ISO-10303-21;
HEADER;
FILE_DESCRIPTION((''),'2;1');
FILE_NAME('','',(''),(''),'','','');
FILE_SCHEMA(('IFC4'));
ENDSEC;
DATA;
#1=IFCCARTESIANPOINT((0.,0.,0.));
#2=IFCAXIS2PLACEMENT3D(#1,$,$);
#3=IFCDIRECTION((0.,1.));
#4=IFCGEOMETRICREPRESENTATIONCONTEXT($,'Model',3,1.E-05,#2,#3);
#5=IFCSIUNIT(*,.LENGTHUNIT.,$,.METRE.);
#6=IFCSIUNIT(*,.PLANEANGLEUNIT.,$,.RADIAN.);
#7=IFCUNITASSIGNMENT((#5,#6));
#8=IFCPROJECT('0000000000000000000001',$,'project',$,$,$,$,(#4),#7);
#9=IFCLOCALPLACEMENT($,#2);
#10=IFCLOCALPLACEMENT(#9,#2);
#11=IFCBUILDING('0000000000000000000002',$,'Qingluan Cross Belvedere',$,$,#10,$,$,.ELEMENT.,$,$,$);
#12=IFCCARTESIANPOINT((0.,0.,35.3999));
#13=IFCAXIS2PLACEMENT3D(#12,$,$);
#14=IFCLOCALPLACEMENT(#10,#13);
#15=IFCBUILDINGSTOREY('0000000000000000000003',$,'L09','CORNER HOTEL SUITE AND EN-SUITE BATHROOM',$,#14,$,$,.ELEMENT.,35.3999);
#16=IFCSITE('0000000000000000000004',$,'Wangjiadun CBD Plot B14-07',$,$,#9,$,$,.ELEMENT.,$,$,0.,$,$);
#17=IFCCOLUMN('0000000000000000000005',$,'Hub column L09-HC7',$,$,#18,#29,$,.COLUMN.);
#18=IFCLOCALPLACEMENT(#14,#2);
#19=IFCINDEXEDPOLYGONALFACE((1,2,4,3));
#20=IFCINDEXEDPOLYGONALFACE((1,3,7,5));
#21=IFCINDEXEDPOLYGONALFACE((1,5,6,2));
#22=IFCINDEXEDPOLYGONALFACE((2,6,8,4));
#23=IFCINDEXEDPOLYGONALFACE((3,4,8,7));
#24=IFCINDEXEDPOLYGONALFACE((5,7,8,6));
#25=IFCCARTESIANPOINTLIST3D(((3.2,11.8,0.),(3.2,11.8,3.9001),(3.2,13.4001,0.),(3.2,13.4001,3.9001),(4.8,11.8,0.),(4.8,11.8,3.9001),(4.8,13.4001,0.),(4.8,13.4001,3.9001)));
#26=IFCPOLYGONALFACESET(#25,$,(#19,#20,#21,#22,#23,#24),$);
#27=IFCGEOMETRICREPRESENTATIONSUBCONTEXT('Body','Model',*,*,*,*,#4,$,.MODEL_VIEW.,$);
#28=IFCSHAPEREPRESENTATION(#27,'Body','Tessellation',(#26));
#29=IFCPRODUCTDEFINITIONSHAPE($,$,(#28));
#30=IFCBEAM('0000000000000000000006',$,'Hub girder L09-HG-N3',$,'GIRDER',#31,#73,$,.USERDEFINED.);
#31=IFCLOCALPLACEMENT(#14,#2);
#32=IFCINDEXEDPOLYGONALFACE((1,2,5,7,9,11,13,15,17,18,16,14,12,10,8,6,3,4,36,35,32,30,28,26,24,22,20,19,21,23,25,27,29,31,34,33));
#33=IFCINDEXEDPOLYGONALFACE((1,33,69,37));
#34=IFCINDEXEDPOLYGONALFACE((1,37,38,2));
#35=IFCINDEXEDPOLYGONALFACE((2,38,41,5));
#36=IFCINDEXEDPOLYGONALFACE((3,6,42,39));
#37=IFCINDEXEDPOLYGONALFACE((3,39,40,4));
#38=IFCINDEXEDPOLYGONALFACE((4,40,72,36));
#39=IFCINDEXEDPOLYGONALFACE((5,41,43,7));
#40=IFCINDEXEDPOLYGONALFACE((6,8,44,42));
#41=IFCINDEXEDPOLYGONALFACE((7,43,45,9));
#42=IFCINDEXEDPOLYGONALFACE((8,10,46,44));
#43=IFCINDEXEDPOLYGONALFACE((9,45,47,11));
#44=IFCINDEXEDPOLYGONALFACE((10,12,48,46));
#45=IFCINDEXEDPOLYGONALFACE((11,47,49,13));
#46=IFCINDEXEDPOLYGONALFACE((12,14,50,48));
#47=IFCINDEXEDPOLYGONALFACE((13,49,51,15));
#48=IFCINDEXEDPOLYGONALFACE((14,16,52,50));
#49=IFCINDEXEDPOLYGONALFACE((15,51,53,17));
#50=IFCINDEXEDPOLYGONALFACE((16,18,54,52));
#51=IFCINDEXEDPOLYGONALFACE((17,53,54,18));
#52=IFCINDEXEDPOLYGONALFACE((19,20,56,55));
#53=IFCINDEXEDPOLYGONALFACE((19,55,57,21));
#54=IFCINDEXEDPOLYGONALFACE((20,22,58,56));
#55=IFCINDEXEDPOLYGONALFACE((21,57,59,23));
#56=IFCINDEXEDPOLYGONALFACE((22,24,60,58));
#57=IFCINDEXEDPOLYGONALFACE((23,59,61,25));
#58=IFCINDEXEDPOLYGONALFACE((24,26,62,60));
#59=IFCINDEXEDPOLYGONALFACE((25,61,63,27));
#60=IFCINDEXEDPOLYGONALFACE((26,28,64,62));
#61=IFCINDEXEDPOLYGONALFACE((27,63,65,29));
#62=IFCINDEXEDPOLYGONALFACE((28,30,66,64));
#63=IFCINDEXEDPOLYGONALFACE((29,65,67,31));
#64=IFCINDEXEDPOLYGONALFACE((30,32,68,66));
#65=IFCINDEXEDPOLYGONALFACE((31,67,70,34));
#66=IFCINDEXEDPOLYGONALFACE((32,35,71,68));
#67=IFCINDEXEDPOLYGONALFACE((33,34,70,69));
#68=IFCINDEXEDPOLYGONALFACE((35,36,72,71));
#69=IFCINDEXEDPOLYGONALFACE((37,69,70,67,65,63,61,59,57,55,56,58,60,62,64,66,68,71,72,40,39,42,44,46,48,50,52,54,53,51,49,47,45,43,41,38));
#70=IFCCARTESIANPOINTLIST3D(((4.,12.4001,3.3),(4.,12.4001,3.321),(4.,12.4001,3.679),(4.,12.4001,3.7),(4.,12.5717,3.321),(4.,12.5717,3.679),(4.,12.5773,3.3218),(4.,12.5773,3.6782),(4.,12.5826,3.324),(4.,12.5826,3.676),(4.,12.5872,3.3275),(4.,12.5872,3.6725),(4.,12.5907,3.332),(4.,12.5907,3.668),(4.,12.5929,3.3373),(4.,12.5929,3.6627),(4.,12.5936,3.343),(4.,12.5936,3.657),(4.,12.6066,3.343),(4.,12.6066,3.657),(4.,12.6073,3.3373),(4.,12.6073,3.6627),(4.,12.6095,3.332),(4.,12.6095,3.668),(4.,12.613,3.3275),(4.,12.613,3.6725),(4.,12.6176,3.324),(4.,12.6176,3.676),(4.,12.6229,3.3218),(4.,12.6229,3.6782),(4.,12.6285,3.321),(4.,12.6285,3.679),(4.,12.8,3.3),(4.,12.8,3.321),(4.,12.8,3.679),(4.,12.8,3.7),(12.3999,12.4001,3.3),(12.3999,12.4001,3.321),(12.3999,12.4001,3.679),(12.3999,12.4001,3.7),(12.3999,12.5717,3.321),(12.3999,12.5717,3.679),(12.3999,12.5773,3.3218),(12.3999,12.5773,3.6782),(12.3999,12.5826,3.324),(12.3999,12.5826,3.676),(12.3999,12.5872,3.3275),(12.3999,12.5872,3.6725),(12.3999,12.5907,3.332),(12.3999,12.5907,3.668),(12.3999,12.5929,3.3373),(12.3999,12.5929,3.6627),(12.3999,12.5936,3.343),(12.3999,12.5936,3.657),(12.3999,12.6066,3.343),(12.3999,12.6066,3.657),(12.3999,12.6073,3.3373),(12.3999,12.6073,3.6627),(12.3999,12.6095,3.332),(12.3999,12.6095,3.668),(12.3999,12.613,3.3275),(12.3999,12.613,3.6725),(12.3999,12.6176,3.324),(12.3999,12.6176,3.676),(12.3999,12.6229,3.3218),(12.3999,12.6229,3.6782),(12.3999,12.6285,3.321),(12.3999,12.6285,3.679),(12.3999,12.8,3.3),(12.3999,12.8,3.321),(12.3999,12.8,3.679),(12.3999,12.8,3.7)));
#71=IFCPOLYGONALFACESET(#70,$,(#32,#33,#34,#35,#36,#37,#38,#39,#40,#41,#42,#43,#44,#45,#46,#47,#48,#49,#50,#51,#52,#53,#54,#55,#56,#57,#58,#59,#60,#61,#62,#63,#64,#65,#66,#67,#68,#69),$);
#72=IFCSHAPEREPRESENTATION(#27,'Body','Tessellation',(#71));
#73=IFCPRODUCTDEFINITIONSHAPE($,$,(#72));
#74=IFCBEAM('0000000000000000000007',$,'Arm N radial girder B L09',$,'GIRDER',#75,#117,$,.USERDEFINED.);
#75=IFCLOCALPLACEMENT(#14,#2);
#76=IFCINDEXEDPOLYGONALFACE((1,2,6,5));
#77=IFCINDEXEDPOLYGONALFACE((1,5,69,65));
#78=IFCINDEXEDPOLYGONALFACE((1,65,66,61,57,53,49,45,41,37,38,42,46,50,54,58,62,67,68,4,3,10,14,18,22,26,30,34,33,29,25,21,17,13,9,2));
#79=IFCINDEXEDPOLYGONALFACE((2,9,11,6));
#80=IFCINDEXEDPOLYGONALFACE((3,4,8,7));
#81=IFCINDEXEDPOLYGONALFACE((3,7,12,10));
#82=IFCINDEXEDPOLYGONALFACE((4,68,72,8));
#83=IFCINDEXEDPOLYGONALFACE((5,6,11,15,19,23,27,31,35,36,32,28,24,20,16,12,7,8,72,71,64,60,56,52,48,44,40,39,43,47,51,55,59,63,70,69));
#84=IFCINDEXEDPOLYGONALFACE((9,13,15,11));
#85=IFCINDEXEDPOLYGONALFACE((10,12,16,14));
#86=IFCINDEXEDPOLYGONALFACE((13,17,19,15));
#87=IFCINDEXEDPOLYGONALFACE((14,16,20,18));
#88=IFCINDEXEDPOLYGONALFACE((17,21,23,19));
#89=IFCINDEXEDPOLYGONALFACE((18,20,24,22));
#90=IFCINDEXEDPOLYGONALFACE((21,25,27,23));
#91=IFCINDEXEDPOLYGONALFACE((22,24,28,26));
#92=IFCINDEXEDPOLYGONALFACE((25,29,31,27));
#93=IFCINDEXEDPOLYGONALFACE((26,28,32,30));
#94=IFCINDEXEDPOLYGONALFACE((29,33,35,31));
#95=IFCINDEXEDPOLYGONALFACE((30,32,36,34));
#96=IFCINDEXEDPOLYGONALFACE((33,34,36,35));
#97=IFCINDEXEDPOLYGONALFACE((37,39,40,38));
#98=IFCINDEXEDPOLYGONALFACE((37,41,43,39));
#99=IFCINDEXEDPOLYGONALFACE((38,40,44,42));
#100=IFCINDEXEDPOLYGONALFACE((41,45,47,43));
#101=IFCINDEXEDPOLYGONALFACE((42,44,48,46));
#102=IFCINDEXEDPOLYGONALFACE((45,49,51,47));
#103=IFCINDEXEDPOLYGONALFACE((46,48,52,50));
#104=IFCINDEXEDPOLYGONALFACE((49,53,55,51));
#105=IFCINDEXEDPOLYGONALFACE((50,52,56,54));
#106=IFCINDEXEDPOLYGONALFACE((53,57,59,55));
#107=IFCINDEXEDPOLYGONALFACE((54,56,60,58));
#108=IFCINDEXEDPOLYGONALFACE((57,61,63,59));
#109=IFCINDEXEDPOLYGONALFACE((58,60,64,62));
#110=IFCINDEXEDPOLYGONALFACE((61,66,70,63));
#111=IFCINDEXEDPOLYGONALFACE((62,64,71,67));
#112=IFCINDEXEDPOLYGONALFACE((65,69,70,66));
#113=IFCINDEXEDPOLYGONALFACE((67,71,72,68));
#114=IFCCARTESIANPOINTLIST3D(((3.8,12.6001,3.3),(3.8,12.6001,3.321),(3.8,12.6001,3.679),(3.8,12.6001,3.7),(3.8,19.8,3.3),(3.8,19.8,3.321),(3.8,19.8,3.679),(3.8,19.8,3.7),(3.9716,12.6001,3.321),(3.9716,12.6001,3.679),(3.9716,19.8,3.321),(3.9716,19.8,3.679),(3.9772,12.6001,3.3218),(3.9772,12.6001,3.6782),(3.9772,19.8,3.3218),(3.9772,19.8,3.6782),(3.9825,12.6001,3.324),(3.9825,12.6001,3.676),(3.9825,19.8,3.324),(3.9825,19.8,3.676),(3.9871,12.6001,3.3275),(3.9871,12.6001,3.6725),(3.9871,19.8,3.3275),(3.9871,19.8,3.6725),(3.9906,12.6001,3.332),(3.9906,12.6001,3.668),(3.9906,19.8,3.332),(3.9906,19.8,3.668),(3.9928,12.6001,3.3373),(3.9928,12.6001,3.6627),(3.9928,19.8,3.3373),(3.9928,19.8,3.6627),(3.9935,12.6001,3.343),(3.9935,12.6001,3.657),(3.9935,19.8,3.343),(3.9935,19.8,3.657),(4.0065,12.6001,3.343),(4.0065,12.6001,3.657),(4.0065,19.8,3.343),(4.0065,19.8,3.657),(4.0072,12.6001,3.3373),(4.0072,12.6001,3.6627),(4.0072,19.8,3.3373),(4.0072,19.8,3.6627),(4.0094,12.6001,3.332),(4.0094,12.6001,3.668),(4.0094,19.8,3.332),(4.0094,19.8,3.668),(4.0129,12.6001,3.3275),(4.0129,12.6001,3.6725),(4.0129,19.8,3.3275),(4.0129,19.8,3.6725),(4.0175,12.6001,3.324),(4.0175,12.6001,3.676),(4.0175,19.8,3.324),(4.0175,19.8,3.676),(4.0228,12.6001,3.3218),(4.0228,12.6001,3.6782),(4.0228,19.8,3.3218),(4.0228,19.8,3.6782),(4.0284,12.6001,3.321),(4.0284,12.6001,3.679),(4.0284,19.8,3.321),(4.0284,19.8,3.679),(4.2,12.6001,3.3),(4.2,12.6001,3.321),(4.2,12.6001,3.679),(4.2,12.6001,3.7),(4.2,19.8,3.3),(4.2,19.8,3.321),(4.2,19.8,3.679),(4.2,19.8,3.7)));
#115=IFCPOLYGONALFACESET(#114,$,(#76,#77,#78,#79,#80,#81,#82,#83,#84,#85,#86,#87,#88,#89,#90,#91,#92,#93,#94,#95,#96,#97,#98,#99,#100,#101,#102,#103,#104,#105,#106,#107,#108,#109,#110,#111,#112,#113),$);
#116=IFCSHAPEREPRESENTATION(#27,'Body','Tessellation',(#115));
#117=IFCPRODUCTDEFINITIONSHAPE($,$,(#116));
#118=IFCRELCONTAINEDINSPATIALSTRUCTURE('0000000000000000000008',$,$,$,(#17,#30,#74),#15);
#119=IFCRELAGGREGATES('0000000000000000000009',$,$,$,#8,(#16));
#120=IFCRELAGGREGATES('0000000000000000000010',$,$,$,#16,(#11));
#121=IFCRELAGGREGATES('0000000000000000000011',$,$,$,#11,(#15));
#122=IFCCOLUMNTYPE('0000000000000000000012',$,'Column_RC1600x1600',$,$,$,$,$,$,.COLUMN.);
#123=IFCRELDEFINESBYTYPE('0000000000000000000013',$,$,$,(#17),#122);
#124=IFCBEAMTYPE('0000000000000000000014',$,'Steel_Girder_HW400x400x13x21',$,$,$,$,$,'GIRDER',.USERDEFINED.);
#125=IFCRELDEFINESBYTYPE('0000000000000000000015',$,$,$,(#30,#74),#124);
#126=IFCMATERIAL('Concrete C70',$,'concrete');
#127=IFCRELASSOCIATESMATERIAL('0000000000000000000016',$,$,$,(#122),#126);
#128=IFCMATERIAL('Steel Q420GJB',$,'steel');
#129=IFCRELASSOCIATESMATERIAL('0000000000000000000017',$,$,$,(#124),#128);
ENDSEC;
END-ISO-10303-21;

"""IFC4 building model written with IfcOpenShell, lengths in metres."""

from ifc_helpers import new_model, si_unit, direction, frame, origin, origin_2d, place, context, subcontext, project, spatial, rectangle, i_section, extrude, material, material_profile, profile_set, type_object, element, save


model = new_model("IFC4")

# Units and contexts
model_context = context("Model", 3, precision=1e-05, world=origin(), true_north=direction((0.0, 1.0)))
body_context = subcontext(model_context, "Body", "Model", "MODEL_VIEW")
ifc_project = project(units=[si_unit("LENGTHUNIT", "METRE"), si_unit("PLANEANGLEUNIT", "RADIAN")], contexts=[model_context])

# Site, building, storey
site_placement = place(None, origin())
site = spatial("IfcSite", under=ifc_project, at=site_placement, Name="Wangjiadun CBD Plot B14-07", CompositionType="ELEMENT", RefElevation=0.0)
building_placement = place(site_placement, origin())
building = spatial("IfcBuilding", under=site, at=building_placement, Name="Qingluan Cross Belvedere", CompositionType="ELEMENT")
storey_placement = place(building_placement, frame((0.0, 0.0, 35.3999)))
storey = spatial("IfcBuildingStorey", under=building, at=storey_placement, Name="L09", Description="CORNER HOTEL SUITE AND EN-SUITE BATHROOM", CompositionType="ELEMENT", Elevation=35.3999)

# Column
ifc_material_1 = material(Name="Concrete C70", Category="concrete")
ifc_material_profile_1 = material_profile(ifc_material_1, rectangle(XDim=1.6001, YDim=1.6001, at=origin_2d()), Name="RC1600x1600")
ifc_profile_set_1 = profile_set([ifc_material_profile_1], Name="Concrete C70")
column_type = type_object("IfcColumnType", Name="Column_RC1600x1600", PredefinedType="COLUMN", material=ifc_profile_set_1)
column_placement = place(storey_placement, frame((4.0, 12.6001, 0.0), z_axis=(0.0, 0.0, 1.0), x_axis=(1.0, 0.0, 0.0)))
element("IfcColumn", 1, at=column_placement, inside=storey, type_object=column_type, Name="Hub column L09-HC7", PredefinedType="COLUMN", context=body_context, shape_type="SweptSolid", body=[
    extrude(rectangle(XDim=1.6001, YDim=1.6001, at=origin_2d()), origin(), (0.0, 0.0, 1.0), 3.9001),
])

# Beams
ifc_material_2 = material(Name="Steel Q420GJB", Category="steel")
ifc_material_profile_2 = material_profile(ifc_material_2, i_section(OverallWidth=0.3999, OverallDepth=0.3999, WebThickness=0.0129, FlangeThickness=0.021, FilletRadius=0.022, at=origin_2d()), Name="HW400x400x13x21")
ifc_profile_set_2 = profile_set([ifc_material_profile_2], Name="Steel Q420GJB")
beam_type = type_object("IfcBeamType", Name="Steel_Girder_HW400x400x13x21", ElementType="GIRDER", PredefinedType="USERDEFINED", material=ifc_profile_set_2)
beam_1_placement = place(storey_placement, frame((4.0, 12.6001, 3.5), z_axis=(1.0, 0.0, 0.0), x_axis=(0.0, 1.0, 0.0)))
element("IfcBeam", 2, at=beam_1_placement, inside=storey, type_object=beam_type, Name="Hub girder L09-HG-N3", ObjectType="GIRDER", PredefinedType="USERDEFINED", context=body_context, shape_type="SweptSolid", body=[
    extrude(i_section(OverallWidth=0.3999, OverallDepth=0.3999, WebThickness=0.0129, FlangeThickness=0.021, FilletRadius=0.022, at=origin_2d()), origin(), (0.0, 0.0, 1.0), 8.3999),
])
beam_2_placement = place(storey_placement, frame((4.0, 12.6001, 3.5), z_axis=(0.0, 1.0, 0.0), x_axis=(-1.0, 0.0, 0.0)))
element("IfcBeam", 3, at=beam_2_placement, inside=storey, type_object=beam_type, Name="Arm N radial girder B L09", ObjectType="GIRDER", PredefinedType="USERDEFINED", context=body_context, shape_type="SweptSolid", body=[
    extrude(i_section(OverallWidth=0.3999, OverallDepth=0.3999, WebThickness=0.0129, FlangeThickness=0.021, FilletRadius=0.022, at=origin_2d()), origin(), (0.0, 0.0, 1.0), 7.2),
])

save(model, "model.ifc")
